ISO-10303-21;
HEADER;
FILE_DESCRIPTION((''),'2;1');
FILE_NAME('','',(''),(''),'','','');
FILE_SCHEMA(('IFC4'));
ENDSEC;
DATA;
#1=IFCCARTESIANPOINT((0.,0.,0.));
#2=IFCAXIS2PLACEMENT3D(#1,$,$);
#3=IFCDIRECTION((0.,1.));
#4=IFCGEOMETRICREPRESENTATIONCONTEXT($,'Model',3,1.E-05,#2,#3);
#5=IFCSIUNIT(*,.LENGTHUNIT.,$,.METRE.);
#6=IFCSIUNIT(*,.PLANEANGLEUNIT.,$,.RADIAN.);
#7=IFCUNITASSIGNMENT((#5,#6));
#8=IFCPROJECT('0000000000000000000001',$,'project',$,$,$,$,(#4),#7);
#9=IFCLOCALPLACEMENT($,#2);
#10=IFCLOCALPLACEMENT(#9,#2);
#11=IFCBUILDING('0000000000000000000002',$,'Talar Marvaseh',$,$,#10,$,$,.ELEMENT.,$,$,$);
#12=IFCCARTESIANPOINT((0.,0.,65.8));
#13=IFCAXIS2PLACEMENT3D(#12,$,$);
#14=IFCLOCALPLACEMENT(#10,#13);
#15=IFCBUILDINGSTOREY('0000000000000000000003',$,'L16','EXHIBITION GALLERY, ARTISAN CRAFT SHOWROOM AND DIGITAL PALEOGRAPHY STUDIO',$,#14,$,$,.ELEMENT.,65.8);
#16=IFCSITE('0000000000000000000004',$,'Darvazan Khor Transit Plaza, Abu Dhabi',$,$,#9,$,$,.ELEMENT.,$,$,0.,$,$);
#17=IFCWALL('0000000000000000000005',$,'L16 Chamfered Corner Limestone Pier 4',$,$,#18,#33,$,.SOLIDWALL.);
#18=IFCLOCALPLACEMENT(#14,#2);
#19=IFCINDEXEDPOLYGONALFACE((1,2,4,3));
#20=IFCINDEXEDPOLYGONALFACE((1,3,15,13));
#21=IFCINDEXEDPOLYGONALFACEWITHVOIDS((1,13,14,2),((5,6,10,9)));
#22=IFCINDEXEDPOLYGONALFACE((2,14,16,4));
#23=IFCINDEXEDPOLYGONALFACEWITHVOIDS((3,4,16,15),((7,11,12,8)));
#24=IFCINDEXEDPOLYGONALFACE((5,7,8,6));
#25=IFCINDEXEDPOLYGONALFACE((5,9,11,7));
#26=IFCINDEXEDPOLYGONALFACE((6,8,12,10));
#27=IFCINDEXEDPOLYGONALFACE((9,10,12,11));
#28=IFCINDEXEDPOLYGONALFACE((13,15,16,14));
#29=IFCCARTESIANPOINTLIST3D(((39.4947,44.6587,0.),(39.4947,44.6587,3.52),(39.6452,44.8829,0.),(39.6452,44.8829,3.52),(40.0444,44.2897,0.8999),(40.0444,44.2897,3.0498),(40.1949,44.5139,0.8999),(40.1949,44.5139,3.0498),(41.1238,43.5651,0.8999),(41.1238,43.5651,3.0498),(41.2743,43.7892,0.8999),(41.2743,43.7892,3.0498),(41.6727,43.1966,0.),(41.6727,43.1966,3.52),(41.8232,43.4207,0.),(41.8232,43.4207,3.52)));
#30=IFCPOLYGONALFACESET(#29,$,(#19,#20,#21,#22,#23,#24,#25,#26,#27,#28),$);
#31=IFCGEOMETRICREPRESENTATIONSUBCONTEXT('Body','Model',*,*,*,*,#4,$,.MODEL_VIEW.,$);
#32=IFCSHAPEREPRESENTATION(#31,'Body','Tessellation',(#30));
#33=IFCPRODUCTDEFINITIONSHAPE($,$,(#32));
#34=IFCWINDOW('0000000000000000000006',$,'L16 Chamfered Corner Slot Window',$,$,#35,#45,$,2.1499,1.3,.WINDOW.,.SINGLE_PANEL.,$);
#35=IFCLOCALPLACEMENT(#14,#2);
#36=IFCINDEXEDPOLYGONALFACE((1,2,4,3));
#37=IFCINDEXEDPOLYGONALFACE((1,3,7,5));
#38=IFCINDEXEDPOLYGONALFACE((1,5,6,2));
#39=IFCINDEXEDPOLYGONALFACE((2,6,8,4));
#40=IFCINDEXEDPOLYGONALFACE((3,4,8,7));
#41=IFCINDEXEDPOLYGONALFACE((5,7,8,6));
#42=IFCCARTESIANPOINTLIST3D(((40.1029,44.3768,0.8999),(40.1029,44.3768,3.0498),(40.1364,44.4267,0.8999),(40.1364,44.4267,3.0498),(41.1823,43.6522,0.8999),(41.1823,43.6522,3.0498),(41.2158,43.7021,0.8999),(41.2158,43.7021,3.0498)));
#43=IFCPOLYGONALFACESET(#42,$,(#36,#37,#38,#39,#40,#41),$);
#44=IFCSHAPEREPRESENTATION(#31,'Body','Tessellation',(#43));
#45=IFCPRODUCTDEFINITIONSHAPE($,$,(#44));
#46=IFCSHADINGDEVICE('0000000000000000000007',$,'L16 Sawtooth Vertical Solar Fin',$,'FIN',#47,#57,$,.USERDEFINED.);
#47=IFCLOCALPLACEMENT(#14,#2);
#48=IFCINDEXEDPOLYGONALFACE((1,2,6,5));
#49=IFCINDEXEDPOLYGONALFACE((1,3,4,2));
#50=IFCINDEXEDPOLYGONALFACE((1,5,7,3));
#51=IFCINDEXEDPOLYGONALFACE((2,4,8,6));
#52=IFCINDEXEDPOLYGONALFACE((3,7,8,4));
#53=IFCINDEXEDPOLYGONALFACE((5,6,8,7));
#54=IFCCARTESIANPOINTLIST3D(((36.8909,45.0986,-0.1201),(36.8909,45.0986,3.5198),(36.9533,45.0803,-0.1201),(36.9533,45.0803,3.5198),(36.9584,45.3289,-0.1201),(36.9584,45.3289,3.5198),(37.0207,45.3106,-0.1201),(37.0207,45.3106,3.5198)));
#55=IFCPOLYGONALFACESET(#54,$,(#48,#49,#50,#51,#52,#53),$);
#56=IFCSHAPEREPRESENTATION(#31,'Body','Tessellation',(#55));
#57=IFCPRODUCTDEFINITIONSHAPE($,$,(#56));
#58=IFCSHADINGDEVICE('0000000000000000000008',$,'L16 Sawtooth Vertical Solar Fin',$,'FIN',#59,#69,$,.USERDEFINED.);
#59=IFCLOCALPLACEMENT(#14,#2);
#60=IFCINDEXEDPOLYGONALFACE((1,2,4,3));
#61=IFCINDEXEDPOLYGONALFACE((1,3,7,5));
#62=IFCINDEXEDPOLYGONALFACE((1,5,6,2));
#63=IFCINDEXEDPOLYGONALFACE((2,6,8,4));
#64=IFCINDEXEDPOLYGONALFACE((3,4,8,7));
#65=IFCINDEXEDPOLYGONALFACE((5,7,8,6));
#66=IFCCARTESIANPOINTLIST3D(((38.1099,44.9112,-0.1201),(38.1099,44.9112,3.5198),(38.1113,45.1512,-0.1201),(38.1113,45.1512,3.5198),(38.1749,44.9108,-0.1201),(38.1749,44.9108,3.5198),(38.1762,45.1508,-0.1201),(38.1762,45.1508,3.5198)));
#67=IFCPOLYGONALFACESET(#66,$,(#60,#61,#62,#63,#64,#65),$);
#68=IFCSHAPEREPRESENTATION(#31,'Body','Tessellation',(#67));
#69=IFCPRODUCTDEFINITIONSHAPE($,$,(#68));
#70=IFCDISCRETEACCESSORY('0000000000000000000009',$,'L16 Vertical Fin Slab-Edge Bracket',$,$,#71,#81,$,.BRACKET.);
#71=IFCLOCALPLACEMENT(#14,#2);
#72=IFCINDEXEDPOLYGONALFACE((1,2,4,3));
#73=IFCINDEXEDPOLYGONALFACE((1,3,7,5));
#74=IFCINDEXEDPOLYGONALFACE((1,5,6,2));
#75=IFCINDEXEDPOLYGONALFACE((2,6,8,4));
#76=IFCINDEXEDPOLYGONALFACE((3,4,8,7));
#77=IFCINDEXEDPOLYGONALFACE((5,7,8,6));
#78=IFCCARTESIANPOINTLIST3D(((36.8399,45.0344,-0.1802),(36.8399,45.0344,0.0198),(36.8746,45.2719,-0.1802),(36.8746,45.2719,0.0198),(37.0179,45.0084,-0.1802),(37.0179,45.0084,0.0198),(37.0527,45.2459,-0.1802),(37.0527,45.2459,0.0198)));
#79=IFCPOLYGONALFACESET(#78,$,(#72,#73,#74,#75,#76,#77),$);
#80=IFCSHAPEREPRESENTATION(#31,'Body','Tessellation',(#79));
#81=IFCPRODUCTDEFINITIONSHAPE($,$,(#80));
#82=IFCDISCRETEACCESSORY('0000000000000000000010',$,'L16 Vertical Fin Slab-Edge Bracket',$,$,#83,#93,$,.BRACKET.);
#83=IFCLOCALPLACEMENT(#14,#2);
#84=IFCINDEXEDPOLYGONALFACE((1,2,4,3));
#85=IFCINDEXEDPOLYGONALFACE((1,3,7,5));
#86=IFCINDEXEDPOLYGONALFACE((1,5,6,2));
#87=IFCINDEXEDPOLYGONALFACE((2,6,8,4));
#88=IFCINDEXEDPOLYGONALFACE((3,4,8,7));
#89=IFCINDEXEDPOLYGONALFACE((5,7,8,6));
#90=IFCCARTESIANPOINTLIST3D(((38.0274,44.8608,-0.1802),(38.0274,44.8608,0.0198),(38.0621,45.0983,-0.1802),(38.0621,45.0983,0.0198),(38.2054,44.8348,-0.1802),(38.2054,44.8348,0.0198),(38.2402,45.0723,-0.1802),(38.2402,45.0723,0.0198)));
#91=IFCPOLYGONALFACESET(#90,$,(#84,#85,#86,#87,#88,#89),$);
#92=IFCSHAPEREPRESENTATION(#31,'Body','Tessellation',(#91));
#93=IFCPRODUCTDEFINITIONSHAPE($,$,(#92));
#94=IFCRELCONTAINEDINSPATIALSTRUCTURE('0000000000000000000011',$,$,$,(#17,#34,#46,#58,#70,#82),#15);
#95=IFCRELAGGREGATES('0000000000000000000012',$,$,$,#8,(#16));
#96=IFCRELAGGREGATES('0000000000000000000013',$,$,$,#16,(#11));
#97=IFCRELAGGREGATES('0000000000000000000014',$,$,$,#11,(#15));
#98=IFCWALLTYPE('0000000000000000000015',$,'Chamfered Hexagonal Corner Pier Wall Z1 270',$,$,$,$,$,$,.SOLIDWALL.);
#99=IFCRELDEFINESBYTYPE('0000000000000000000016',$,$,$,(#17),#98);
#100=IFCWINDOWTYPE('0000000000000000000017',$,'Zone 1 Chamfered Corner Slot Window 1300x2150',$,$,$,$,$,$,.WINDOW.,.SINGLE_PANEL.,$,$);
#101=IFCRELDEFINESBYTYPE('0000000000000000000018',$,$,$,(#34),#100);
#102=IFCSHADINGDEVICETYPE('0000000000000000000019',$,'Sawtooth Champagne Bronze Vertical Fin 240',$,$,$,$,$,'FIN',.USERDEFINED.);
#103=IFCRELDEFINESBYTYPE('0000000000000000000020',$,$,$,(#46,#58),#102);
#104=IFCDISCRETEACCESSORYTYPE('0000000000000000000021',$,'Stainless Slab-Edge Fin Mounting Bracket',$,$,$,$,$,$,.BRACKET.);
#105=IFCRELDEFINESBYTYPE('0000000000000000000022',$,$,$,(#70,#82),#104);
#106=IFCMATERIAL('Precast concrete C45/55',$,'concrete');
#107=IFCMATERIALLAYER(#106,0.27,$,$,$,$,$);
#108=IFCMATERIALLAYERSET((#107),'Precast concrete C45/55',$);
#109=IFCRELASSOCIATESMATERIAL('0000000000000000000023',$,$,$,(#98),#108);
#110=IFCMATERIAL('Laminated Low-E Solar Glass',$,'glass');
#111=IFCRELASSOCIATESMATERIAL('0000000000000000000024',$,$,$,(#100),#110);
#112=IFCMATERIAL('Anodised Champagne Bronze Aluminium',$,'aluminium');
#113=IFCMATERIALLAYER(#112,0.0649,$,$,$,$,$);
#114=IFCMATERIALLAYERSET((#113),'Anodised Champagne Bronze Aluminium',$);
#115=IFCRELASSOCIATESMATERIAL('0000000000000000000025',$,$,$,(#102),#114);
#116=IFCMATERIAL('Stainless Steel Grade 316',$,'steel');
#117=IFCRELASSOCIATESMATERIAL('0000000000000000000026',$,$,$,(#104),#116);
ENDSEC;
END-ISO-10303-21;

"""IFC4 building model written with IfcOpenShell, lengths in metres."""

from ifc_helpers import new_model, si_unit, direction, frame, frame_2d, origin, origin_2d, place, context, subcontext, project, spatial, rectangle, extrude, source, transform, mapped, material, layer, layer_set, type_object, type_shapes, element, fill, save


model = new_model("IFC4")

# Units and contexts
model_context = context("Model", 3, precision=1e-05, world=origin(), true_north=direction((0.0, 1.0)))
body_context = subcontext(model_context, "Body", "Model", "MODEL_VIEW")
ifc_project = project(units=[si_unit("LENGTHUNIT", "METRE"), si_unit("PLANEANGLEUNIT", "RADIAN")], contexts=[model_context])

# Site, building, storey
site_placement = place(None, origin())
site = spatial("IfcSite", under=ifc_project, at=site_placement, Name="Darvazan Khor Transit Plaza, Abu Dhabi", CompositionType="ELEMENT", RefElevation=0.0)
building_placement = place(site_placement, origin())
building = spatial("IfcBuilding", under=site, at=building_placement, Name="Talar Marvaseh", CompositionType="ELEMENT")
storey_placement = place(building_placement, frame((0.0, 0.0, 65.8)))
storey = spatial("IfcBuildingStorey", under=building, at=storey_placement, Name="L16", Description="EXHIBITION GALLERY, ARTISAN CRAFT SHOWROOM AND DIGITAL PALEOGRAPHY STUDIO", CompositionType="ELEMENT", Elevation=65.8)

# Shared definitions
ifc_material_1 = material(Name="Laminated Low-E Solar Glass", Category="glass")

# Wall, opening, window
ifc_material_2 = material(Name="Precast concrete C45/55", Category="concrete")
ifc_layer_1 = layer(ifc_material_2, 0.27)
ifc_layer_set_1 = layer_set([ifc_layer_1], Name="Precast concrete C45/55")
wall_type = type_object("IfcWallType", Name="Chamfered Hexagonal Corner Pier Wall Z1 270", PredefinedType="SOLIDWALL", material=ifc_layer_set_1)
wall_placement = place(storey_placement, frame((39.5701, 44.7708, 0.0), z_axis=(0.0, 0.0, 1.0), x_axis=(0.830256, -0.557382, 0.0)))
wall = element("IfcWall", 1, at=wall_placement, inside=storey, type_object=wall_type, Name="L16 Chamfered Corner Limestone Pier 4", PredefinedType="SOLIDWALL", context=body_context, shape_type="SweptSolid", body=[
    extrude(rectangle(XDim=2.6233, YDim=0.27, at=frame_2d((1.3115, 0.0))), origin(), (0.0, 0.0, 1.0), 3.52),
])
opening_placement = place(wall_placement, frame((0.6621, 0.0, 0.8999)))
opening = element("IfcOpeningElement", 2, at=opening_placement, cuts=wall, PredefinedType="OPENING", context=body_context, shape_type="SweptSolid", body=[
    extrude(rectangle(XDim=1.3, YDim=2.1499, at=frame_2d((0.6499, 1.075))), frame((0.0, 0.145, 0.0), z_axis=(0.0, -1.0, 0.0), x_axis=(1.0, 0.0, 0.0)), (0.0, 0.0, 1.0), 0.29),
])
window_type = type_object("IfcWindowType", Name="Zone 1 Chamfered Corner Slot Window 1300x2150", PartitioningType="SINGLE_PANEL", PredefinedType="WINDOW", material=ifc_material_1)
shared_shape_1 = source(origin(), body_context, "Body", "SweptSolid", [
    extrude(rectangle(XDim=1.3, YDim=2.1499, at=frame_2d((0.6499, 1.075))), frame((0.0, 0.03, 0.0), z_axis=(0.0, -1.0, 0.0), x_axis=(1.0, 0.0, 0.0)), (0.0, 0.0, 1.0), 0.0601),
])
type_shapes(window_type, [shared_shape_1])
window_placement = place(opening_placement, origin())
window = element("IfcWindow", 3, at=window_placement, inside=storey, type_object=window_type, Name="L16 Chamfered Corner Slot Window", OverallHeight=2.1499, OverallWidth=1.3, PartitioningType="SINGLE_PANEL", PredefinedType="WINDOW", context=body_context, shape_type="MappedRepresentation", body=[
    mapped(shared_shape_1, transform((0.0, 0.0, 0.0), x_axis=(1.0, 0.0, 0.0), y_axis=(0.0, 1.0, 0.0), z_axis=(0.0, 0.0, 1.0), scale=1.0)),
])
fill(opening, window)

# Shading devices
ifc_material_3 = material(Name="Anodised Champagne Bronze Aluminium", Category="aluminium")
ifc_layer_2 = layer(ifc_material_3, 0.0649)
ifc_layer_set_2 = layer_set([ifc_layer_2], Name="Anodised Champagne Bronze Aluminium")
shading_device_type = type_object("IfcShadingDeviceType", Name="Sawtooth Champagne Bronze Vertical Fin 240", ElementType="FIN", PredefinedType="USERDEFINED", material=ifc_layer_set_2)
shared_shape_2 = source(origin(), body_context, "Body", "SweptSolid", [
    extrude(rectangle(XDim=0.24, YDim=0.0649, at=origin_2d()), origin(), (0.0, 0.0, 1.0), 3.6399),
])
type_shapes(shading_device_type, [shared_shape_2])
for number, where, z_axis, x_axis, name in (
    (4, (36.9558, 45.2046, -0.1201), (0.0, 0.0, 1.0), (0.281002, 0.959707, 0.0), "L16 Sawtooth Vertical Solar Fin"),
    (5, (38.1431, 45.031, -0.1201), (0.0, 0.0, 1.0), (0.005585, 0.999984, 0.0), "L16 Sawtooth Vertical Solar Fin"),
):
    element("IfcShadingDevice", number, at=place(storey_placement, frame(where, z_axis=z_axis, x_axis=x_axis)), inside=storey, type_object=shading_device_type, Name=name, ObjectType="FIN", PredefinedType="USERDEFINED", context=body_context, shape_type="MappedRepresentation", body=[
        mapped(shared_shape_2, transform((0.0, 0.0, 0.0), x_axis=(1.0, 0.0, 0.0), y_axis=(0.0, 1.0, 0.0), z_axis=(0.0, 0.0, 1.0), scale=1.0)),
    ])

# Discrete accessories
ifc_material_4 = material(Name="Stainless Steel Grade 316", Category="steel")
discrete_accessory_type = type_object("IfcDiscreteAccessoryType", Name="Stainless Slab-Edge Fin Mounting Bracket", PredefinedType="BRACKET", material=ifc_material_4)
shared_shape_3 = source(origin(), body_context, "Body", "SweptSolid", [
    extrude(rectangle(XDim=0.24, YDim=0.1799, at=origin_2d()), origin(), (0.0, 0.0, 1.0), 0.2),
])
type_shapes(discrete_accessory_type, [shared_shape_3])
for number, where, z_axis, x_axis, name in (
    (6, (36.9463, 45.1401, -0.1802), (0.0, 0.0, 1.0), (0.144702, 0.989475, 0.0), "L16 Vertical Fin Slab-Edge Bracket"),
    (7, (38.1338, 44.9666, -0.1802), (0.0, 0.0, 1.0), (0.144702, 0.989475, 0.0), "L16 Vertical Fin Slab-Edge Bracket"),
):
    element("IfcDiscreteAccessory", number, at=place(storey_placement, frame(where, z_axis=z_axis, x_axis=x_axis)), inside=storey, type_object=discrete_accessory_type, Name=name, PredefinedType="BRACKET", context=body_context, shape_type="MappedRepresentation", body=[
        mapped(shared_shape_3, transform((0.0, 0.0, 0.0), x_axis=(1.0, 0.0, 0.0), y_axis=(0.0, 1.0, 0.0), z_axis=(0.0, 0.0, 1.0), scale=1.0)),
    ])

save(model, "model.ifc")
